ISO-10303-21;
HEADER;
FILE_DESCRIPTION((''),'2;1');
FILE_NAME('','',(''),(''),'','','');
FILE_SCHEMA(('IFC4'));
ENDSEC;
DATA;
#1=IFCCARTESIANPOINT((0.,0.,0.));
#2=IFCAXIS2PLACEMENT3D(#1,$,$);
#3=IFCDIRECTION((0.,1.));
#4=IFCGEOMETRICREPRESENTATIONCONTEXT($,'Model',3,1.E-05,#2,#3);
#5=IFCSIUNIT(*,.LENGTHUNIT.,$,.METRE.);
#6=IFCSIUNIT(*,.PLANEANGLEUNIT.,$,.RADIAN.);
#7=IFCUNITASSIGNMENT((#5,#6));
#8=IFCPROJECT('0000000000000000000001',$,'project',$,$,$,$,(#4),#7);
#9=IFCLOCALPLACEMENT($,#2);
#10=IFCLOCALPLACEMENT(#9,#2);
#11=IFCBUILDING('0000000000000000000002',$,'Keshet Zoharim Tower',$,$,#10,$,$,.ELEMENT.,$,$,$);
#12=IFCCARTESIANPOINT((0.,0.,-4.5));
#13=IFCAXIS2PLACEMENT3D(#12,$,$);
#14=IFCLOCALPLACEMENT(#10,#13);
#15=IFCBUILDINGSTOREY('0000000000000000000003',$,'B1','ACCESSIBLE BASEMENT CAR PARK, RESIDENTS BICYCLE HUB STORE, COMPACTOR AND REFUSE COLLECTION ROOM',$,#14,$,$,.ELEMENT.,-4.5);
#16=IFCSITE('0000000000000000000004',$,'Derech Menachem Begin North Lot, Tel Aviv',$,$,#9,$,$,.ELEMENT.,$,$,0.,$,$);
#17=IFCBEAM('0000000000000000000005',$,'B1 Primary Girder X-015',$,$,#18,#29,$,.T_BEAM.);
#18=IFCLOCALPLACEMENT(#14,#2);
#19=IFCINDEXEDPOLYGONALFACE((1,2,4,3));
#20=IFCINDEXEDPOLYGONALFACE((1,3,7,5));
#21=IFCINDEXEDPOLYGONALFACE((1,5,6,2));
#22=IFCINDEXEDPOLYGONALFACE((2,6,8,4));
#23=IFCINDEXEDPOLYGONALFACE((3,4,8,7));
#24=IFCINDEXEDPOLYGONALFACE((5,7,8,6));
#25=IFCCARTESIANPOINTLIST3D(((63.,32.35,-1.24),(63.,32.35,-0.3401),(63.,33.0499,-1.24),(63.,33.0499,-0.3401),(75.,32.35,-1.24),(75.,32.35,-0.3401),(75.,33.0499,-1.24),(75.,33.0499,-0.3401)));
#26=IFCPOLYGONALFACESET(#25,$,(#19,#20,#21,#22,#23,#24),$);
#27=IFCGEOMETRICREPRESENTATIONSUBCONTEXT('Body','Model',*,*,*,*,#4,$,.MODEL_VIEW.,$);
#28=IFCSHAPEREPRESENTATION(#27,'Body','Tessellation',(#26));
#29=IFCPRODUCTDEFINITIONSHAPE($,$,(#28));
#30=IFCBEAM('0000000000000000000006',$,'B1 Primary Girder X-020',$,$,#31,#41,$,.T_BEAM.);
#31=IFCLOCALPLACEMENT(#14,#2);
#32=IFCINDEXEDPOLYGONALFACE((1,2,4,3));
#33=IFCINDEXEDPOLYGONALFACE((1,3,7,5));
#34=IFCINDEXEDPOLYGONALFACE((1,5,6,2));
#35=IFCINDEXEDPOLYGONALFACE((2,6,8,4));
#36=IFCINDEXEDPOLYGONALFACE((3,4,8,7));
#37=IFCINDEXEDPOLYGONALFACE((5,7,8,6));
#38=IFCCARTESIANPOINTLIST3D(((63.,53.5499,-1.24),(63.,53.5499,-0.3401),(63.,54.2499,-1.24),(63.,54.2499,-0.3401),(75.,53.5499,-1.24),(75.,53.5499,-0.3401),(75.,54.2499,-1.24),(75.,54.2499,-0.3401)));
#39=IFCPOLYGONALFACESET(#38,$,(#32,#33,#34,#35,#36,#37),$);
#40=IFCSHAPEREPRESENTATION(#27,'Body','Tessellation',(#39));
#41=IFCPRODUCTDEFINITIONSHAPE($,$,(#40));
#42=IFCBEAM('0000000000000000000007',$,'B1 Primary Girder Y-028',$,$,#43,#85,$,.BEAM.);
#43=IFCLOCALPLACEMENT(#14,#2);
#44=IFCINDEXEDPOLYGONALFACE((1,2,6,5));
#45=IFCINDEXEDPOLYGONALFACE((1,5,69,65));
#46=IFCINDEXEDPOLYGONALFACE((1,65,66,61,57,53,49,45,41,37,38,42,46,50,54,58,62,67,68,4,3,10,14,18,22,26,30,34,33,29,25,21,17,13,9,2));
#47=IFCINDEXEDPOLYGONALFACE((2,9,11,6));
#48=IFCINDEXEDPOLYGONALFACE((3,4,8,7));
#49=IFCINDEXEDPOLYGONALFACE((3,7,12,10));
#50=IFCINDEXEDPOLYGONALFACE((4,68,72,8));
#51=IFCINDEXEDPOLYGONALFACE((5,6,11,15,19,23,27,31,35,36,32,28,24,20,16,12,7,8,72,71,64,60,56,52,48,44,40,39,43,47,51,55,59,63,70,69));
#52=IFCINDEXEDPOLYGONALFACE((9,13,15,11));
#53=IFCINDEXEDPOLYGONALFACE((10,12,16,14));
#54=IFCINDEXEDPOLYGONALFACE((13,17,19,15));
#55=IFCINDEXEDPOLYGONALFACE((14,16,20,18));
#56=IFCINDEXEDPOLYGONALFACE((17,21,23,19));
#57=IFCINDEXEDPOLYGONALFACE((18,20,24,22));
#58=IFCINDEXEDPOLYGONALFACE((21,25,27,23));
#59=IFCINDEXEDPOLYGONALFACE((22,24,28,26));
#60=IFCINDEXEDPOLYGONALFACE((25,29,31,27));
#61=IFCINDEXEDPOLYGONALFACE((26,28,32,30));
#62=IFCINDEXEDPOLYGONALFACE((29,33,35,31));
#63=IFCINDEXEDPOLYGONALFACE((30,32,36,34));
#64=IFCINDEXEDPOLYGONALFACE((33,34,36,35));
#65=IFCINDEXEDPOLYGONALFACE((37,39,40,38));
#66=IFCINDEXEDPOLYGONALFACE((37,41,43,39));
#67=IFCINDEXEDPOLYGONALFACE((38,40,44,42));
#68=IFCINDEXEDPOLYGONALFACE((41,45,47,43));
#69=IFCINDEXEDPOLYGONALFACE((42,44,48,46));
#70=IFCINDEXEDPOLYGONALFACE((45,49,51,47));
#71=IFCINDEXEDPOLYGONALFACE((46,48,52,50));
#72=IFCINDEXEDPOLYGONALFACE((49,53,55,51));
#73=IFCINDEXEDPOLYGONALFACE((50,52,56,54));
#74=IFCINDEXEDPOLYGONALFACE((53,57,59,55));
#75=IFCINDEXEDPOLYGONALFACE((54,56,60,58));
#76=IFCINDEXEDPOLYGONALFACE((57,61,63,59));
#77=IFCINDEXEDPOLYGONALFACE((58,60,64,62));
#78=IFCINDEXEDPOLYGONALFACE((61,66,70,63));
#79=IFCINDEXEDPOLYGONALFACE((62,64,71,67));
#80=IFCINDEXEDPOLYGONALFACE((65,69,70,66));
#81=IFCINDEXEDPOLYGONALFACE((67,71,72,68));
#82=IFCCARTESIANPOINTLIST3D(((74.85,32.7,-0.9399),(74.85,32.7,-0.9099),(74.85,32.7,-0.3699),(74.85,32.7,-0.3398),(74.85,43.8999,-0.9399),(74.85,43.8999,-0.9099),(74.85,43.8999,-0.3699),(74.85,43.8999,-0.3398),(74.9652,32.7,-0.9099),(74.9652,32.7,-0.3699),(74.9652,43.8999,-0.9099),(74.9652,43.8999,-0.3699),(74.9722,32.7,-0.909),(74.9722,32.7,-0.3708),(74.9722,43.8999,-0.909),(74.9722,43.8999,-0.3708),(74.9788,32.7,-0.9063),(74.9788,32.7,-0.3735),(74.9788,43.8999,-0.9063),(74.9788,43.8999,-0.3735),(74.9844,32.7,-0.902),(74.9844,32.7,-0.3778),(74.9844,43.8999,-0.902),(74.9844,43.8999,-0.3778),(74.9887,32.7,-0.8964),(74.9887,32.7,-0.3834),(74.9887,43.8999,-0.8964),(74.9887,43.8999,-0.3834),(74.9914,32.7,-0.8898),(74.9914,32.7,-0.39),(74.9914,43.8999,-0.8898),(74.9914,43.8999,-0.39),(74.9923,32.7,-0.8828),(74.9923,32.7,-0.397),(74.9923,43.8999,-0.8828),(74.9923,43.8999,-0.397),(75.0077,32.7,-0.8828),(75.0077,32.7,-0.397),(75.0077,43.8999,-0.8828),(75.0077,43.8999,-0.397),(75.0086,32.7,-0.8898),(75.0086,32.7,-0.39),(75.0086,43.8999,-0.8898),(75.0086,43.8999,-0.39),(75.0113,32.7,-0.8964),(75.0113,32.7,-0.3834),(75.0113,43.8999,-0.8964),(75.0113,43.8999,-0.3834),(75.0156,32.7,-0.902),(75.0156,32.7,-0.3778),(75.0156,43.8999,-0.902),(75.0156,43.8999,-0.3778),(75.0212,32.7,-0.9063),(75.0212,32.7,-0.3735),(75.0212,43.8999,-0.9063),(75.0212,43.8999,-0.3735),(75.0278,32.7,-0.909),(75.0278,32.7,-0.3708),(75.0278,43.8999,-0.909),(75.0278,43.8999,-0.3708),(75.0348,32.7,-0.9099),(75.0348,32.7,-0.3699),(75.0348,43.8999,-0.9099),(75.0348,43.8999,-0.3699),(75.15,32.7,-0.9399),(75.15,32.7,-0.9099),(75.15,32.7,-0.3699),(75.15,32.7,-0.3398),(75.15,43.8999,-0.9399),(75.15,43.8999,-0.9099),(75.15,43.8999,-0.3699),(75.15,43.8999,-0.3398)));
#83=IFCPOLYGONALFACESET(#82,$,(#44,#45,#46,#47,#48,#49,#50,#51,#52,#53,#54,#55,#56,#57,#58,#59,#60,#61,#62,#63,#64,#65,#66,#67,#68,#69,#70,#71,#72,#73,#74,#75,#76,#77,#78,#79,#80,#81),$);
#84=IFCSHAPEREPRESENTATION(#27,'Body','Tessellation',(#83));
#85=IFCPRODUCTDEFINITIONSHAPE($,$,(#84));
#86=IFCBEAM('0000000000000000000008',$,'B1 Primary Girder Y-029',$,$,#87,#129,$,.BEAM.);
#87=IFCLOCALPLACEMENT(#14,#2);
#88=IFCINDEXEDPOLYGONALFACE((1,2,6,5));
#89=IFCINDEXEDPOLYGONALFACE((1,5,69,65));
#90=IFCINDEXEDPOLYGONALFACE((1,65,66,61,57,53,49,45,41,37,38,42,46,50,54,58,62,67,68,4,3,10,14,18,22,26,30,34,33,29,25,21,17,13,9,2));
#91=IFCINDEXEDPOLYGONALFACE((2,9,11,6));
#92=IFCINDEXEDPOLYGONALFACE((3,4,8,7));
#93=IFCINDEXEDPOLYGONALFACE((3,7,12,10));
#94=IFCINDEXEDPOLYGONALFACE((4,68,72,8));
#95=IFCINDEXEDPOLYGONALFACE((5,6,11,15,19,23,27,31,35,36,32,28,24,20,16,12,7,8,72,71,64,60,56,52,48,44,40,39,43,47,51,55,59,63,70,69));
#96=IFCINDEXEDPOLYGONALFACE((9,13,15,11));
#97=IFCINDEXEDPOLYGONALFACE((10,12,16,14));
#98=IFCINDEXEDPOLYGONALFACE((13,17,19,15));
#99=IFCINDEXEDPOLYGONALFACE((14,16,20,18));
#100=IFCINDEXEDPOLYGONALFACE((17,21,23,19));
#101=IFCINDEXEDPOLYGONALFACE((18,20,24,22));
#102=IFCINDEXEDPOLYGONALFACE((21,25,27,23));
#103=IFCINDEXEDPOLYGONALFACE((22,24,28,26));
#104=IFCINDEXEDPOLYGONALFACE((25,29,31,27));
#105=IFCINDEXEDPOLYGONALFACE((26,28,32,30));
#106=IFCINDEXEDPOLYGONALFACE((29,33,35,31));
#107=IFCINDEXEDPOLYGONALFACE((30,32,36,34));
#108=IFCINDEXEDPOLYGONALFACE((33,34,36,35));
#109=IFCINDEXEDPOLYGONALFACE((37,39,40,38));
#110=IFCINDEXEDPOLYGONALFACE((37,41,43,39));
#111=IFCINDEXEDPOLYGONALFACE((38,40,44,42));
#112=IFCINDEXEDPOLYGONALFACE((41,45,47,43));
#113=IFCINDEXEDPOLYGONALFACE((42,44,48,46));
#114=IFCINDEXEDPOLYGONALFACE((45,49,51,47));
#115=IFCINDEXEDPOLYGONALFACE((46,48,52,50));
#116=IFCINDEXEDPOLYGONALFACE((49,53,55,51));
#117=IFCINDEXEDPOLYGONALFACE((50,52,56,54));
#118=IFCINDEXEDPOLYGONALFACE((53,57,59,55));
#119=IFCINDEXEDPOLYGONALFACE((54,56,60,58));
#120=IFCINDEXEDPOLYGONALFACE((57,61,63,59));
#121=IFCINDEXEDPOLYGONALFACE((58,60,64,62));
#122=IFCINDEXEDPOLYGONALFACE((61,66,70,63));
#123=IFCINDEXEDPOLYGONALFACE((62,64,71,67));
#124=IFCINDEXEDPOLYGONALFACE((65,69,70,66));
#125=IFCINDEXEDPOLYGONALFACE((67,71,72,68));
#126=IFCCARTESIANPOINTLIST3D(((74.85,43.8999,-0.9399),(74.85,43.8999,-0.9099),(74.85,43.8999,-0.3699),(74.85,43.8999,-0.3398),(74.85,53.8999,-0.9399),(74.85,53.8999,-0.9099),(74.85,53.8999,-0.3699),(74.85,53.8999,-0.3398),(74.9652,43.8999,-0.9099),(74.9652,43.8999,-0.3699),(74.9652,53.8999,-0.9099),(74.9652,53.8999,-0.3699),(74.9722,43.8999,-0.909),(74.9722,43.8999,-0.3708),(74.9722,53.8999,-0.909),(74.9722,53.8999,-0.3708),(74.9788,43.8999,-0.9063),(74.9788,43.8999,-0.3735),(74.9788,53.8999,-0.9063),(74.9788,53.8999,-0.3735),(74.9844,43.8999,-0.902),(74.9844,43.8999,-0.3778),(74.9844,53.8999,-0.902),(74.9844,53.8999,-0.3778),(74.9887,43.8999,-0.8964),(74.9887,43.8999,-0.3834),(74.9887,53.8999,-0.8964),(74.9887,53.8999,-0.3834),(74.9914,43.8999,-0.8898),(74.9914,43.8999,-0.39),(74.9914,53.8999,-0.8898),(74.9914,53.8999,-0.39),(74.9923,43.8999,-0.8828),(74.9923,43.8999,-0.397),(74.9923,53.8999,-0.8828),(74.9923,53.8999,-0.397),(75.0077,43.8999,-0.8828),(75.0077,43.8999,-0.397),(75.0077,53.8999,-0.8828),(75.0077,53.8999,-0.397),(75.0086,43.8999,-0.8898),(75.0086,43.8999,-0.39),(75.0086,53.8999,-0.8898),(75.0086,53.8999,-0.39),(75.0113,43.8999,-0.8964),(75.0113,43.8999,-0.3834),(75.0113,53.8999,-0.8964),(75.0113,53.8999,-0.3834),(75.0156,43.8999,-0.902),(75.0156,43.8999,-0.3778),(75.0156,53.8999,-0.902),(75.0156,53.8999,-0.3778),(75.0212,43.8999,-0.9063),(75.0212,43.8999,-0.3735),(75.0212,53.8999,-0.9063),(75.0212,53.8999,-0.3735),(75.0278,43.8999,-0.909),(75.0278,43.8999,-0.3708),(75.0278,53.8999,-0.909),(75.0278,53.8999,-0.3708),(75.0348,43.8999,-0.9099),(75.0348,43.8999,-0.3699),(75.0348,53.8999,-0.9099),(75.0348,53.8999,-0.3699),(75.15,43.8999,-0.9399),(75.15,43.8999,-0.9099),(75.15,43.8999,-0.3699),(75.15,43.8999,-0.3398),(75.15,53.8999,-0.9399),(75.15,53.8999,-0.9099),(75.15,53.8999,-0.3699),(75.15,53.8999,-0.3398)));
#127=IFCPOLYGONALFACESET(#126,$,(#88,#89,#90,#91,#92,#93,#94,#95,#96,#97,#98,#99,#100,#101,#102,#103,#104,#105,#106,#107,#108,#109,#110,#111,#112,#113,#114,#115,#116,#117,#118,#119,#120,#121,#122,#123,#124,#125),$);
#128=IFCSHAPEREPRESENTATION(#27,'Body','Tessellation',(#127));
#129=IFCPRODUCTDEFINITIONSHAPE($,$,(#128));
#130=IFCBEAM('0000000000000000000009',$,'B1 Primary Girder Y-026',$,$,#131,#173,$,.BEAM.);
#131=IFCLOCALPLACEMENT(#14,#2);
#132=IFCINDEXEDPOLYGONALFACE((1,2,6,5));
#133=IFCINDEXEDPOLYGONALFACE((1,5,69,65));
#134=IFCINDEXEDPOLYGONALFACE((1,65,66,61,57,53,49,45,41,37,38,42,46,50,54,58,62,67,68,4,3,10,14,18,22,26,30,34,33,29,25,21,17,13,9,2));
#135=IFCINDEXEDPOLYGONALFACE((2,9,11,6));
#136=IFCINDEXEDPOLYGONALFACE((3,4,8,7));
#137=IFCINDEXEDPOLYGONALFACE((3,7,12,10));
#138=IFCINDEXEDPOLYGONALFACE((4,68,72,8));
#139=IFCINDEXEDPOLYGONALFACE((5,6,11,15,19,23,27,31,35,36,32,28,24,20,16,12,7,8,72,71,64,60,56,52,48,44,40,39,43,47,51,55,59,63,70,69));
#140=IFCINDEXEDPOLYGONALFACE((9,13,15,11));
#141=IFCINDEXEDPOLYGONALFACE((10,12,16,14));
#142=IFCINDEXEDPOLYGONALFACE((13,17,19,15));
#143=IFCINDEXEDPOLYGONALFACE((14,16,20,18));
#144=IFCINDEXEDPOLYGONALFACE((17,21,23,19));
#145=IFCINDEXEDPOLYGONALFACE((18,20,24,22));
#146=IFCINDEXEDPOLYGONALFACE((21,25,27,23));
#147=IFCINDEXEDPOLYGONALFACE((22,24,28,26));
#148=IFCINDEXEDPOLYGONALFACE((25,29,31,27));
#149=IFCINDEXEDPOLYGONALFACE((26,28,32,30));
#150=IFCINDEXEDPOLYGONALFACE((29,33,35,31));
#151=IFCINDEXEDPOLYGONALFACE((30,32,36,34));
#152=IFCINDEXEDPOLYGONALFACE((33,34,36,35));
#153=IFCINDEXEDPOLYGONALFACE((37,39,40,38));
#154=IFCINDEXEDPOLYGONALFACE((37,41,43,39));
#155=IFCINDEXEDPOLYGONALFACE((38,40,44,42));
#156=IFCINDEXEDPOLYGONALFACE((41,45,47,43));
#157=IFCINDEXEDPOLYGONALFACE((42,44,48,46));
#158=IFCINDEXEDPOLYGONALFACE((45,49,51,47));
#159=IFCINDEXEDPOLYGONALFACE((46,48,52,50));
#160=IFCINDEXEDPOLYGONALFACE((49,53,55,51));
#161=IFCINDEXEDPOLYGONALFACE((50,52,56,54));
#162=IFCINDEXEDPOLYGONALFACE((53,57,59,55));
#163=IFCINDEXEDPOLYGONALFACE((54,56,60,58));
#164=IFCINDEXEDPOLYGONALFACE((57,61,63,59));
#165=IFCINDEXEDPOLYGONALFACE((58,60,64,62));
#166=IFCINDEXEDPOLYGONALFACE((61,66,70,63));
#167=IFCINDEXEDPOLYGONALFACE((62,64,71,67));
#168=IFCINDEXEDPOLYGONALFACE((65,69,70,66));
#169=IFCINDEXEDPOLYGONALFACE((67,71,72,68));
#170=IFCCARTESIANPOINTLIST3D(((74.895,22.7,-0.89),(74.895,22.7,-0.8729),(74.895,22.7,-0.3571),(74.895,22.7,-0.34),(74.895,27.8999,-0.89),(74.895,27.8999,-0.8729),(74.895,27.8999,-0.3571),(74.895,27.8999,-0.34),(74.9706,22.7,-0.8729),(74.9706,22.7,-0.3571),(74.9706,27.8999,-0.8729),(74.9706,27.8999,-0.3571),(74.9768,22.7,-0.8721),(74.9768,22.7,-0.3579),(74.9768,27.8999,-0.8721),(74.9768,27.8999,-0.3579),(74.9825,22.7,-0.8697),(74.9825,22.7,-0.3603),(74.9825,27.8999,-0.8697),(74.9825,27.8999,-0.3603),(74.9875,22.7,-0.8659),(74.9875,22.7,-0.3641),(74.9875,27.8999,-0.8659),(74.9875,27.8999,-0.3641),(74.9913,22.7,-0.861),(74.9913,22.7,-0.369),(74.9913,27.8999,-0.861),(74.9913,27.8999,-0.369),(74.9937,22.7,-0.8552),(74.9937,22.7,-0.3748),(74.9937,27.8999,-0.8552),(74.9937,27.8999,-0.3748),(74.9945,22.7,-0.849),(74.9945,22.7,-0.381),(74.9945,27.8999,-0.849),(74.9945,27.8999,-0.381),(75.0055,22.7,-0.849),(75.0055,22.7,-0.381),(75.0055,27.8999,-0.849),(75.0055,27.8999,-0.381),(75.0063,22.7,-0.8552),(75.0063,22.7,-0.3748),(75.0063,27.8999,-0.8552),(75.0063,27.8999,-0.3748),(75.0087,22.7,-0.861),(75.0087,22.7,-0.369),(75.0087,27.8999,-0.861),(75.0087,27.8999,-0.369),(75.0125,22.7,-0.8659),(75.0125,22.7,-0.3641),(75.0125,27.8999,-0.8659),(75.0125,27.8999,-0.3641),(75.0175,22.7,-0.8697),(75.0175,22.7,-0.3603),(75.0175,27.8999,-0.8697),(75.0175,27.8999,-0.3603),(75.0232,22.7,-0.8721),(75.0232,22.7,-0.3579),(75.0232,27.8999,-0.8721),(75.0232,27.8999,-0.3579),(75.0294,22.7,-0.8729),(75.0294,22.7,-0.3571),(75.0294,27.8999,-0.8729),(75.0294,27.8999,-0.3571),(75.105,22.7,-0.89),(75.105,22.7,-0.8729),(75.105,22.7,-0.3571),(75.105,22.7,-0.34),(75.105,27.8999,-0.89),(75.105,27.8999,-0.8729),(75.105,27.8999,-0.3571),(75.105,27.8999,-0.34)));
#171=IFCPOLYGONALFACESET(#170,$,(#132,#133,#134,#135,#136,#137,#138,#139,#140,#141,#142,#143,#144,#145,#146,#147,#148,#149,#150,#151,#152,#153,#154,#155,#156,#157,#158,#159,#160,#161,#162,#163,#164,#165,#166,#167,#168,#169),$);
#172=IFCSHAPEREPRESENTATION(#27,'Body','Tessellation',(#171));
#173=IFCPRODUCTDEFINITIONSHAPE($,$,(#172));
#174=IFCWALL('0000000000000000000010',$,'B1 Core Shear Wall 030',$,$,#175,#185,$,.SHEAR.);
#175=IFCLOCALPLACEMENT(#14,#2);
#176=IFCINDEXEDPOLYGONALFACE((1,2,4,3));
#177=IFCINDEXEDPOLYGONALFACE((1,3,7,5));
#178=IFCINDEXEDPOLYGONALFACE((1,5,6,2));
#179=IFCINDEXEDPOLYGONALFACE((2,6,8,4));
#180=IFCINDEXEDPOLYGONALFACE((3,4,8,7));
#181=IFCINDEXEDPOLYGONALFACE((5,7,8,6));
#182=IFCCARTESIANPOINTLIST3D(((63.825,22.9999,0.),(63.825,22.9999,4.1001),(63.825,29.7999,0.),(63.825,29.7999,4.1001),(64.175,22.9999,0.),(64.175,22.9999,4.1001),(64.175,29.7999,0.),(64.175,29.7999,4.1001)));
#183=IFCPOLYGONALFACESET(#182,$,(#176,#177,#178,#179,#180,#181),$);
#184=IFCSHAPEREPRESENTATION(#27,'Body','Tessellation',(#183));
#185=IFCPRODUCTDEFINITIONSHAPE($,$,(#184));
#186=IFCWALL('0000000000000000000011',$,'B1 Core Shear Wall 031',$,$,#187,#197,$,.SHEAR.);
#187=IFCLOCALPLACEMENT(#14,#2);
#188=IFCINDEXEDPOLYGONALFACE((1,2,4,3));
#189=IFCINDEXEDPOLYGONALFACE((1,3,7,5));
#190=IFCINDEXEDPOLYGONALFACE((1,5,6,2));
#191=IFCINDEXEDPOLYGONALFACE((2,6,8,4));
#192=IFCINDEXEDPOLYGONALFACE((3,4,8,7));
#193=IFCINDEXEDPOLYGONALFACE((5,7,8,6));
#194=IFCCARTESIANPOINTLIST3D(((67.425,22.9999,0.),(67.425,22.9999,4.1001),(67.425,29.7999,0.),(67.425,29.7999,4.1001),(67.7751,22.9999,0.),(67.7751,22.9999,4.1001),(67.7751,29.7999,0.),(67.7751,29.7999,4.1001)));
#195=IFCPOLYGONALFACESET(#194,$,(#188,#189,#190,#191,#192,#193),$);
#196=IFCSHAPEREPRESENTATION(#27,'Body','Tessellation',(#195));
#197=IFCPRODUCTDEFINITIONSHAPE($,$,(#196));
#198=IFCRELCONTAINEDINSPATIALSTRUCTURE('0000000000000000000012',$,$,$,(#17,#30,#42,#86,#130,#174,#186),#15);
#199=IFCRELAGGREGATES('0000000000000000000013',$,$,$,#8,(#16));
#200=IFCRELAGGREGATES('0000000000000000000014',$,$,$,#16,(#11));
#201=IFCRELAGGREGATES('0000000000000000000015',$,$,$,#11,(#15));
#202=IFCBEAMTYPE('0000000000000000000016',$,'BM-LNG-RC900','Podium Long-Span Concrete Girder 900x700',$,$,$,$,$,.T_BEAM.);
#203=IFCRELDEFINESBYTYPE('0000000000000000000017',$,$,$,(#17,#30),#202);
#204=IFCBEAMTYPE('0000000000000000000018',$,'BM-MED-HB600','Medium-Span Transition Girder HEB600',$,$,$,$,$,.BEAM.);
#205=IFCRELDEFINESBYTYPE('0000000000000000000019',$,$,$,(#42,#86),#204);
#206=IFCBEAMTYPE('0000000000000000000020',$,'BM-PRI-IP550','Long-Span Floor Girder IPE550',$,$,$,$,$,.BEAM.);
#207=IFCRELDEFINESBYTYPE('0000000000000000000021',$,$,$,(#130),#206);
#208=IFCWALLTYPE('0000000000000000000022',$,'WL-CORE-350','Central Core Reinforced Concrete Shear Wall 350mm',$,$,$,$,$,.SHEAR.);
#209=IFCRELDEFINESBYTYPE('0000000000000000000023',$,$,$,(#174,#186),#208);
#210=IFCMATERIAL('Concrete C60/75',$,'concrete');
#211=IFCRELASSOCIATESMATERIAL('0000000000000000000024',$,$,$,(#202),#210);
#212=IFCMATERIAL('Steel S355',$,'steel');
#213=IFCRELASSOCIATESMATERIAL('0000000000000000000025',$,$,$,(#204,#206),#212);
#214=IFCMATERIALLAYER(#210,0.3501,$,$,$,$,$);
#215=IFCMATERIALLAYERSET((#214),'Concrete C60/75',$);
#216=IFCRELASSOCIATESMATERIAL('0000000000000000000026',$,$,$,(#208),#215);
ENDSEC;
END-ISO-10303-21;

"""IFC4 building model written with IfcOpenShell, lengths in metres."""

from ifc_helpers import new_model, si_unit, direction, frame, frame_2d, origin, origin_2d, place, context, subcontext, project, spatial, rectangle, i_section, extrude, material, layer, layer_set, material_profile, profile_set, type_object, element, save


model = new_model("IFC4")

# Units and contexts
model_context = context("Model", 3, precision=1e-05, world=origin(), true_north=direction((0.0, 1.0)))
body_context = subcontext(model_context, "Body", "Model", "MODEL_VIEW")
ifc_project = project(units=[si_unit("LENGTHUNIT", "METRE"), si_unit("PLANEANGLEUNIT", "RADIAN")], contexts=[model_context])

# Site, building, storey
site_placement = place(None, origin())
site = spatial("IfcSite", under=ifc_project, at=site_placement, Name="Derech Menachem Begin North Lot, Tel Aviv", CompositionType="ELEMENT", RefElevation=0.0)
building_placement = place(site_placement, origin())
building = spatial("IfcBuilding", under=site, at=building_placement, Name="Keshet Zoharim Tower", CompositionType="ELEMENT")
storey_placement = place(building_placement, frame((0.0, 0.0, -4.5)))
storey = spatial("IfcBuildingStorey", under=building, at=storey_placement, Name="B1", Description="ACCESSIBLE BASEMENT CAR PARK, RESIDENTS BICYCLE HUB STORE, COMPACTOR AND REFUSE COLLECTION ROOM", CompositionType="ELEMENT", Elevation=-4.5)

# Shared definitions
ifc_material_1 = material(Name="Steel S355", Category="steel")
ifc_material_2 = material(Name="Concrete C60/75", Category="concrete")

# Beams
ifc_material_profile_1 = material_profile(ifc_material_2, rectangle(XDim=0.7, YDim=0.8999, at=origin_2d()), Name="RC900x700")
ifc_profile_set_1 = profile_set([ifc_material_profile_1], Name="Concrete C60/75")
beam_type_1 = type_object("IfcBeamType", Name="BM-LNG-RC900", Description="Podium Long-Span Concrete Girder 900x700", PredefinedType="T_BEAM", material=ifc_profile_set_1)
for number, where, z_axis, x_axis, name in (
    (1, (63.0, 32.7, -0.79), (1.0, 0.0, 0.0), (0.0, 1.0, 0.0), "B1 Primary Girder X-015"),
    (2, (63.0, 53.8999, -0.79), (1.0, 0.0, 0.0), (0.0, 1.0, 0.0), "B1 Primary Girder X-020"),
):
    element("IfcBeam", number, at=place(storey_placement, frame(where, z_axis=z_axis, x_axis=x_axis)), inside=storey, type_object=beam_type_1, Name=name, PredefinedType="T_BEAM", context=body_context, shape_type="SweptSolid", body=[
        extrude(rectangle(XDim=0.7, YDim=0.8999, at=origin_2d()), origin(), (0.0, 0.0, 1.0), 12.0),
    ])
ifc_material_profile_2 = material_profile(ifc_material_1, i_section(OverallWidth=0.3, OverallDepth=0.6001, WebThickness=0.0154, FlangeThickness=0.03, FilletRadius=0.0271, at=origin_2d()), Name="HEB600")
ifc_profile_set_2 = profile_set([ifc_material_profile_2], Name="Steel S355")
beam_type_2 = type_object("IfcBeamType", Name="BM-MED-HB600", Description="Medium-Span Transition Girder HEB600", PredefinedType="BEAM", material=ifc_profile_set_2)
beam_1_placement = place(storey_placement, frame((75.0, 32.7, -0.6399), z_axis=(0.0, 1.0, 0.0), x_axis=(-1.0, 0.0, 0.0)))
element("IfcBeam", 3, at=beam_1_placement, inside=storey, type_object=beam_type_2, Name="B1 Primary Girder Y-028", PredefinedType="BEAM", context=body_context, shape_type="SweptSolid", body=[
    extrude(i_section(OverallWidth=0.3, OverallDepth=0.6001, WebThickness=0.0154, FlangeThickness=0.03, FilletRadius=0.0271, at=origin_2d()), origin(), (0.0, 0.0, 1.0), 11.2),
])
beam_2_placement = place(storey_placement, frame((75.0, 43.8999, -0.6399), z_axis=(0.0, 1.0, 0.0), x_axis=(-1.0, 0.0, 0.0)))
element("IfcBeam", 4, at=beam_2_placement, inside=storey, type_object=beam_type_2, Name="B1 Primary Girder Y-029", PredefinedType="BEAM", context=body_context, shape_type="SweptSolid", body=[
    extrude(i_section(OverallWidth=0.3, OverallDepth=0.6001, WebThickness=0.0154, FlangeThickness=0.03, FilletRadius=0.0271, at=origin_2d()), origin(), (0.0, 0.0, 1.0), 10.0),
])
ifc_material_profile_3 = material_profile(ifc_material_1, i_section(OverallWidth=0.21, OverallDepth=0.55, WebThickness=0.011, FlangeThickness=0.0171, FilletRadius=0.0239, at=origin_2d()), Name="IPE550")
ifc_profile_set_3 = profile_set([ifc_material_profile_3], Name="Steel S355")
beam_type_3 = type_object("IfcBeamType", Name="BM-PRI-IP550", Description="Long-Span Floor Girder IPE550", PredefinedType="BEAM", material=ifc_profile_set_3)
beam_3_placement = place(storey_placement, frame((75.0, 22.7, -0.615), z_axis=(0.0, 1.0, 0.0), x_axis=(-1.0, 0.0, 0.0)))
element("IfcBeam", 5, at=beam_3_placement, inside=storey, type_object=beam_type_3, Name="B1 Primary Girder Y-026", PredefinedType="BEAM", context=body_context, shape_type="SweptSolid", body=[
    extrude(i_section(OverallWidth=0.21, OverallDepth=0.55, WebThickness=0.011, FlangeThickness=0.0171, FilletRadius=0.0239, at=origin_2d()), origin(), (0.0, 0.0, 1.0), 5.2),
])

# Walls
ifc_layer_1 = layer(ifc_material_2, 0.3501)
ifc_layer_set_1 = layer_set([ifc_layer_1], Name="Concrete C60/75")
wall_type_1 = type_object("IfcWallType", Name="WL-CORE-350", Description="Central Core Reinforced Concrete Shear Wall 350mm", PredefinedType="SHEAR", material=ifc_layer_set_1)
for number, where, z_axis, x_axis, name in (
    (6, (64.0, 23.0, 0.0), (0.0, 0.0, 1.0), (0.0, 1.0, 0.0), "B1 Core Shear Wall 030"),
    (7, (67.6001, 23.0, 0.0), (0.0, 0.0, 1.0), (0.0, 1.0, 0.0), "B1 Core Shear Wall 031"),
):
    element("IfcWall", number, at=place(storey_placement, frame(where, z_axis=z_axis, x_axis=x_axis)), inside=storey, type_object=wall_type_1, Name=name, PredefinedType="SHEAR", context=body_context, shape_type="SweptSolid", body=[
        extrude(rectangle(XDim=6.8, YDim=0.3501, at=frame_2d((3.3999, 0.0))), origin(), (0.0, 0.0, 1.0), 4.1001),
    ])

save(model, "model.ifc")
